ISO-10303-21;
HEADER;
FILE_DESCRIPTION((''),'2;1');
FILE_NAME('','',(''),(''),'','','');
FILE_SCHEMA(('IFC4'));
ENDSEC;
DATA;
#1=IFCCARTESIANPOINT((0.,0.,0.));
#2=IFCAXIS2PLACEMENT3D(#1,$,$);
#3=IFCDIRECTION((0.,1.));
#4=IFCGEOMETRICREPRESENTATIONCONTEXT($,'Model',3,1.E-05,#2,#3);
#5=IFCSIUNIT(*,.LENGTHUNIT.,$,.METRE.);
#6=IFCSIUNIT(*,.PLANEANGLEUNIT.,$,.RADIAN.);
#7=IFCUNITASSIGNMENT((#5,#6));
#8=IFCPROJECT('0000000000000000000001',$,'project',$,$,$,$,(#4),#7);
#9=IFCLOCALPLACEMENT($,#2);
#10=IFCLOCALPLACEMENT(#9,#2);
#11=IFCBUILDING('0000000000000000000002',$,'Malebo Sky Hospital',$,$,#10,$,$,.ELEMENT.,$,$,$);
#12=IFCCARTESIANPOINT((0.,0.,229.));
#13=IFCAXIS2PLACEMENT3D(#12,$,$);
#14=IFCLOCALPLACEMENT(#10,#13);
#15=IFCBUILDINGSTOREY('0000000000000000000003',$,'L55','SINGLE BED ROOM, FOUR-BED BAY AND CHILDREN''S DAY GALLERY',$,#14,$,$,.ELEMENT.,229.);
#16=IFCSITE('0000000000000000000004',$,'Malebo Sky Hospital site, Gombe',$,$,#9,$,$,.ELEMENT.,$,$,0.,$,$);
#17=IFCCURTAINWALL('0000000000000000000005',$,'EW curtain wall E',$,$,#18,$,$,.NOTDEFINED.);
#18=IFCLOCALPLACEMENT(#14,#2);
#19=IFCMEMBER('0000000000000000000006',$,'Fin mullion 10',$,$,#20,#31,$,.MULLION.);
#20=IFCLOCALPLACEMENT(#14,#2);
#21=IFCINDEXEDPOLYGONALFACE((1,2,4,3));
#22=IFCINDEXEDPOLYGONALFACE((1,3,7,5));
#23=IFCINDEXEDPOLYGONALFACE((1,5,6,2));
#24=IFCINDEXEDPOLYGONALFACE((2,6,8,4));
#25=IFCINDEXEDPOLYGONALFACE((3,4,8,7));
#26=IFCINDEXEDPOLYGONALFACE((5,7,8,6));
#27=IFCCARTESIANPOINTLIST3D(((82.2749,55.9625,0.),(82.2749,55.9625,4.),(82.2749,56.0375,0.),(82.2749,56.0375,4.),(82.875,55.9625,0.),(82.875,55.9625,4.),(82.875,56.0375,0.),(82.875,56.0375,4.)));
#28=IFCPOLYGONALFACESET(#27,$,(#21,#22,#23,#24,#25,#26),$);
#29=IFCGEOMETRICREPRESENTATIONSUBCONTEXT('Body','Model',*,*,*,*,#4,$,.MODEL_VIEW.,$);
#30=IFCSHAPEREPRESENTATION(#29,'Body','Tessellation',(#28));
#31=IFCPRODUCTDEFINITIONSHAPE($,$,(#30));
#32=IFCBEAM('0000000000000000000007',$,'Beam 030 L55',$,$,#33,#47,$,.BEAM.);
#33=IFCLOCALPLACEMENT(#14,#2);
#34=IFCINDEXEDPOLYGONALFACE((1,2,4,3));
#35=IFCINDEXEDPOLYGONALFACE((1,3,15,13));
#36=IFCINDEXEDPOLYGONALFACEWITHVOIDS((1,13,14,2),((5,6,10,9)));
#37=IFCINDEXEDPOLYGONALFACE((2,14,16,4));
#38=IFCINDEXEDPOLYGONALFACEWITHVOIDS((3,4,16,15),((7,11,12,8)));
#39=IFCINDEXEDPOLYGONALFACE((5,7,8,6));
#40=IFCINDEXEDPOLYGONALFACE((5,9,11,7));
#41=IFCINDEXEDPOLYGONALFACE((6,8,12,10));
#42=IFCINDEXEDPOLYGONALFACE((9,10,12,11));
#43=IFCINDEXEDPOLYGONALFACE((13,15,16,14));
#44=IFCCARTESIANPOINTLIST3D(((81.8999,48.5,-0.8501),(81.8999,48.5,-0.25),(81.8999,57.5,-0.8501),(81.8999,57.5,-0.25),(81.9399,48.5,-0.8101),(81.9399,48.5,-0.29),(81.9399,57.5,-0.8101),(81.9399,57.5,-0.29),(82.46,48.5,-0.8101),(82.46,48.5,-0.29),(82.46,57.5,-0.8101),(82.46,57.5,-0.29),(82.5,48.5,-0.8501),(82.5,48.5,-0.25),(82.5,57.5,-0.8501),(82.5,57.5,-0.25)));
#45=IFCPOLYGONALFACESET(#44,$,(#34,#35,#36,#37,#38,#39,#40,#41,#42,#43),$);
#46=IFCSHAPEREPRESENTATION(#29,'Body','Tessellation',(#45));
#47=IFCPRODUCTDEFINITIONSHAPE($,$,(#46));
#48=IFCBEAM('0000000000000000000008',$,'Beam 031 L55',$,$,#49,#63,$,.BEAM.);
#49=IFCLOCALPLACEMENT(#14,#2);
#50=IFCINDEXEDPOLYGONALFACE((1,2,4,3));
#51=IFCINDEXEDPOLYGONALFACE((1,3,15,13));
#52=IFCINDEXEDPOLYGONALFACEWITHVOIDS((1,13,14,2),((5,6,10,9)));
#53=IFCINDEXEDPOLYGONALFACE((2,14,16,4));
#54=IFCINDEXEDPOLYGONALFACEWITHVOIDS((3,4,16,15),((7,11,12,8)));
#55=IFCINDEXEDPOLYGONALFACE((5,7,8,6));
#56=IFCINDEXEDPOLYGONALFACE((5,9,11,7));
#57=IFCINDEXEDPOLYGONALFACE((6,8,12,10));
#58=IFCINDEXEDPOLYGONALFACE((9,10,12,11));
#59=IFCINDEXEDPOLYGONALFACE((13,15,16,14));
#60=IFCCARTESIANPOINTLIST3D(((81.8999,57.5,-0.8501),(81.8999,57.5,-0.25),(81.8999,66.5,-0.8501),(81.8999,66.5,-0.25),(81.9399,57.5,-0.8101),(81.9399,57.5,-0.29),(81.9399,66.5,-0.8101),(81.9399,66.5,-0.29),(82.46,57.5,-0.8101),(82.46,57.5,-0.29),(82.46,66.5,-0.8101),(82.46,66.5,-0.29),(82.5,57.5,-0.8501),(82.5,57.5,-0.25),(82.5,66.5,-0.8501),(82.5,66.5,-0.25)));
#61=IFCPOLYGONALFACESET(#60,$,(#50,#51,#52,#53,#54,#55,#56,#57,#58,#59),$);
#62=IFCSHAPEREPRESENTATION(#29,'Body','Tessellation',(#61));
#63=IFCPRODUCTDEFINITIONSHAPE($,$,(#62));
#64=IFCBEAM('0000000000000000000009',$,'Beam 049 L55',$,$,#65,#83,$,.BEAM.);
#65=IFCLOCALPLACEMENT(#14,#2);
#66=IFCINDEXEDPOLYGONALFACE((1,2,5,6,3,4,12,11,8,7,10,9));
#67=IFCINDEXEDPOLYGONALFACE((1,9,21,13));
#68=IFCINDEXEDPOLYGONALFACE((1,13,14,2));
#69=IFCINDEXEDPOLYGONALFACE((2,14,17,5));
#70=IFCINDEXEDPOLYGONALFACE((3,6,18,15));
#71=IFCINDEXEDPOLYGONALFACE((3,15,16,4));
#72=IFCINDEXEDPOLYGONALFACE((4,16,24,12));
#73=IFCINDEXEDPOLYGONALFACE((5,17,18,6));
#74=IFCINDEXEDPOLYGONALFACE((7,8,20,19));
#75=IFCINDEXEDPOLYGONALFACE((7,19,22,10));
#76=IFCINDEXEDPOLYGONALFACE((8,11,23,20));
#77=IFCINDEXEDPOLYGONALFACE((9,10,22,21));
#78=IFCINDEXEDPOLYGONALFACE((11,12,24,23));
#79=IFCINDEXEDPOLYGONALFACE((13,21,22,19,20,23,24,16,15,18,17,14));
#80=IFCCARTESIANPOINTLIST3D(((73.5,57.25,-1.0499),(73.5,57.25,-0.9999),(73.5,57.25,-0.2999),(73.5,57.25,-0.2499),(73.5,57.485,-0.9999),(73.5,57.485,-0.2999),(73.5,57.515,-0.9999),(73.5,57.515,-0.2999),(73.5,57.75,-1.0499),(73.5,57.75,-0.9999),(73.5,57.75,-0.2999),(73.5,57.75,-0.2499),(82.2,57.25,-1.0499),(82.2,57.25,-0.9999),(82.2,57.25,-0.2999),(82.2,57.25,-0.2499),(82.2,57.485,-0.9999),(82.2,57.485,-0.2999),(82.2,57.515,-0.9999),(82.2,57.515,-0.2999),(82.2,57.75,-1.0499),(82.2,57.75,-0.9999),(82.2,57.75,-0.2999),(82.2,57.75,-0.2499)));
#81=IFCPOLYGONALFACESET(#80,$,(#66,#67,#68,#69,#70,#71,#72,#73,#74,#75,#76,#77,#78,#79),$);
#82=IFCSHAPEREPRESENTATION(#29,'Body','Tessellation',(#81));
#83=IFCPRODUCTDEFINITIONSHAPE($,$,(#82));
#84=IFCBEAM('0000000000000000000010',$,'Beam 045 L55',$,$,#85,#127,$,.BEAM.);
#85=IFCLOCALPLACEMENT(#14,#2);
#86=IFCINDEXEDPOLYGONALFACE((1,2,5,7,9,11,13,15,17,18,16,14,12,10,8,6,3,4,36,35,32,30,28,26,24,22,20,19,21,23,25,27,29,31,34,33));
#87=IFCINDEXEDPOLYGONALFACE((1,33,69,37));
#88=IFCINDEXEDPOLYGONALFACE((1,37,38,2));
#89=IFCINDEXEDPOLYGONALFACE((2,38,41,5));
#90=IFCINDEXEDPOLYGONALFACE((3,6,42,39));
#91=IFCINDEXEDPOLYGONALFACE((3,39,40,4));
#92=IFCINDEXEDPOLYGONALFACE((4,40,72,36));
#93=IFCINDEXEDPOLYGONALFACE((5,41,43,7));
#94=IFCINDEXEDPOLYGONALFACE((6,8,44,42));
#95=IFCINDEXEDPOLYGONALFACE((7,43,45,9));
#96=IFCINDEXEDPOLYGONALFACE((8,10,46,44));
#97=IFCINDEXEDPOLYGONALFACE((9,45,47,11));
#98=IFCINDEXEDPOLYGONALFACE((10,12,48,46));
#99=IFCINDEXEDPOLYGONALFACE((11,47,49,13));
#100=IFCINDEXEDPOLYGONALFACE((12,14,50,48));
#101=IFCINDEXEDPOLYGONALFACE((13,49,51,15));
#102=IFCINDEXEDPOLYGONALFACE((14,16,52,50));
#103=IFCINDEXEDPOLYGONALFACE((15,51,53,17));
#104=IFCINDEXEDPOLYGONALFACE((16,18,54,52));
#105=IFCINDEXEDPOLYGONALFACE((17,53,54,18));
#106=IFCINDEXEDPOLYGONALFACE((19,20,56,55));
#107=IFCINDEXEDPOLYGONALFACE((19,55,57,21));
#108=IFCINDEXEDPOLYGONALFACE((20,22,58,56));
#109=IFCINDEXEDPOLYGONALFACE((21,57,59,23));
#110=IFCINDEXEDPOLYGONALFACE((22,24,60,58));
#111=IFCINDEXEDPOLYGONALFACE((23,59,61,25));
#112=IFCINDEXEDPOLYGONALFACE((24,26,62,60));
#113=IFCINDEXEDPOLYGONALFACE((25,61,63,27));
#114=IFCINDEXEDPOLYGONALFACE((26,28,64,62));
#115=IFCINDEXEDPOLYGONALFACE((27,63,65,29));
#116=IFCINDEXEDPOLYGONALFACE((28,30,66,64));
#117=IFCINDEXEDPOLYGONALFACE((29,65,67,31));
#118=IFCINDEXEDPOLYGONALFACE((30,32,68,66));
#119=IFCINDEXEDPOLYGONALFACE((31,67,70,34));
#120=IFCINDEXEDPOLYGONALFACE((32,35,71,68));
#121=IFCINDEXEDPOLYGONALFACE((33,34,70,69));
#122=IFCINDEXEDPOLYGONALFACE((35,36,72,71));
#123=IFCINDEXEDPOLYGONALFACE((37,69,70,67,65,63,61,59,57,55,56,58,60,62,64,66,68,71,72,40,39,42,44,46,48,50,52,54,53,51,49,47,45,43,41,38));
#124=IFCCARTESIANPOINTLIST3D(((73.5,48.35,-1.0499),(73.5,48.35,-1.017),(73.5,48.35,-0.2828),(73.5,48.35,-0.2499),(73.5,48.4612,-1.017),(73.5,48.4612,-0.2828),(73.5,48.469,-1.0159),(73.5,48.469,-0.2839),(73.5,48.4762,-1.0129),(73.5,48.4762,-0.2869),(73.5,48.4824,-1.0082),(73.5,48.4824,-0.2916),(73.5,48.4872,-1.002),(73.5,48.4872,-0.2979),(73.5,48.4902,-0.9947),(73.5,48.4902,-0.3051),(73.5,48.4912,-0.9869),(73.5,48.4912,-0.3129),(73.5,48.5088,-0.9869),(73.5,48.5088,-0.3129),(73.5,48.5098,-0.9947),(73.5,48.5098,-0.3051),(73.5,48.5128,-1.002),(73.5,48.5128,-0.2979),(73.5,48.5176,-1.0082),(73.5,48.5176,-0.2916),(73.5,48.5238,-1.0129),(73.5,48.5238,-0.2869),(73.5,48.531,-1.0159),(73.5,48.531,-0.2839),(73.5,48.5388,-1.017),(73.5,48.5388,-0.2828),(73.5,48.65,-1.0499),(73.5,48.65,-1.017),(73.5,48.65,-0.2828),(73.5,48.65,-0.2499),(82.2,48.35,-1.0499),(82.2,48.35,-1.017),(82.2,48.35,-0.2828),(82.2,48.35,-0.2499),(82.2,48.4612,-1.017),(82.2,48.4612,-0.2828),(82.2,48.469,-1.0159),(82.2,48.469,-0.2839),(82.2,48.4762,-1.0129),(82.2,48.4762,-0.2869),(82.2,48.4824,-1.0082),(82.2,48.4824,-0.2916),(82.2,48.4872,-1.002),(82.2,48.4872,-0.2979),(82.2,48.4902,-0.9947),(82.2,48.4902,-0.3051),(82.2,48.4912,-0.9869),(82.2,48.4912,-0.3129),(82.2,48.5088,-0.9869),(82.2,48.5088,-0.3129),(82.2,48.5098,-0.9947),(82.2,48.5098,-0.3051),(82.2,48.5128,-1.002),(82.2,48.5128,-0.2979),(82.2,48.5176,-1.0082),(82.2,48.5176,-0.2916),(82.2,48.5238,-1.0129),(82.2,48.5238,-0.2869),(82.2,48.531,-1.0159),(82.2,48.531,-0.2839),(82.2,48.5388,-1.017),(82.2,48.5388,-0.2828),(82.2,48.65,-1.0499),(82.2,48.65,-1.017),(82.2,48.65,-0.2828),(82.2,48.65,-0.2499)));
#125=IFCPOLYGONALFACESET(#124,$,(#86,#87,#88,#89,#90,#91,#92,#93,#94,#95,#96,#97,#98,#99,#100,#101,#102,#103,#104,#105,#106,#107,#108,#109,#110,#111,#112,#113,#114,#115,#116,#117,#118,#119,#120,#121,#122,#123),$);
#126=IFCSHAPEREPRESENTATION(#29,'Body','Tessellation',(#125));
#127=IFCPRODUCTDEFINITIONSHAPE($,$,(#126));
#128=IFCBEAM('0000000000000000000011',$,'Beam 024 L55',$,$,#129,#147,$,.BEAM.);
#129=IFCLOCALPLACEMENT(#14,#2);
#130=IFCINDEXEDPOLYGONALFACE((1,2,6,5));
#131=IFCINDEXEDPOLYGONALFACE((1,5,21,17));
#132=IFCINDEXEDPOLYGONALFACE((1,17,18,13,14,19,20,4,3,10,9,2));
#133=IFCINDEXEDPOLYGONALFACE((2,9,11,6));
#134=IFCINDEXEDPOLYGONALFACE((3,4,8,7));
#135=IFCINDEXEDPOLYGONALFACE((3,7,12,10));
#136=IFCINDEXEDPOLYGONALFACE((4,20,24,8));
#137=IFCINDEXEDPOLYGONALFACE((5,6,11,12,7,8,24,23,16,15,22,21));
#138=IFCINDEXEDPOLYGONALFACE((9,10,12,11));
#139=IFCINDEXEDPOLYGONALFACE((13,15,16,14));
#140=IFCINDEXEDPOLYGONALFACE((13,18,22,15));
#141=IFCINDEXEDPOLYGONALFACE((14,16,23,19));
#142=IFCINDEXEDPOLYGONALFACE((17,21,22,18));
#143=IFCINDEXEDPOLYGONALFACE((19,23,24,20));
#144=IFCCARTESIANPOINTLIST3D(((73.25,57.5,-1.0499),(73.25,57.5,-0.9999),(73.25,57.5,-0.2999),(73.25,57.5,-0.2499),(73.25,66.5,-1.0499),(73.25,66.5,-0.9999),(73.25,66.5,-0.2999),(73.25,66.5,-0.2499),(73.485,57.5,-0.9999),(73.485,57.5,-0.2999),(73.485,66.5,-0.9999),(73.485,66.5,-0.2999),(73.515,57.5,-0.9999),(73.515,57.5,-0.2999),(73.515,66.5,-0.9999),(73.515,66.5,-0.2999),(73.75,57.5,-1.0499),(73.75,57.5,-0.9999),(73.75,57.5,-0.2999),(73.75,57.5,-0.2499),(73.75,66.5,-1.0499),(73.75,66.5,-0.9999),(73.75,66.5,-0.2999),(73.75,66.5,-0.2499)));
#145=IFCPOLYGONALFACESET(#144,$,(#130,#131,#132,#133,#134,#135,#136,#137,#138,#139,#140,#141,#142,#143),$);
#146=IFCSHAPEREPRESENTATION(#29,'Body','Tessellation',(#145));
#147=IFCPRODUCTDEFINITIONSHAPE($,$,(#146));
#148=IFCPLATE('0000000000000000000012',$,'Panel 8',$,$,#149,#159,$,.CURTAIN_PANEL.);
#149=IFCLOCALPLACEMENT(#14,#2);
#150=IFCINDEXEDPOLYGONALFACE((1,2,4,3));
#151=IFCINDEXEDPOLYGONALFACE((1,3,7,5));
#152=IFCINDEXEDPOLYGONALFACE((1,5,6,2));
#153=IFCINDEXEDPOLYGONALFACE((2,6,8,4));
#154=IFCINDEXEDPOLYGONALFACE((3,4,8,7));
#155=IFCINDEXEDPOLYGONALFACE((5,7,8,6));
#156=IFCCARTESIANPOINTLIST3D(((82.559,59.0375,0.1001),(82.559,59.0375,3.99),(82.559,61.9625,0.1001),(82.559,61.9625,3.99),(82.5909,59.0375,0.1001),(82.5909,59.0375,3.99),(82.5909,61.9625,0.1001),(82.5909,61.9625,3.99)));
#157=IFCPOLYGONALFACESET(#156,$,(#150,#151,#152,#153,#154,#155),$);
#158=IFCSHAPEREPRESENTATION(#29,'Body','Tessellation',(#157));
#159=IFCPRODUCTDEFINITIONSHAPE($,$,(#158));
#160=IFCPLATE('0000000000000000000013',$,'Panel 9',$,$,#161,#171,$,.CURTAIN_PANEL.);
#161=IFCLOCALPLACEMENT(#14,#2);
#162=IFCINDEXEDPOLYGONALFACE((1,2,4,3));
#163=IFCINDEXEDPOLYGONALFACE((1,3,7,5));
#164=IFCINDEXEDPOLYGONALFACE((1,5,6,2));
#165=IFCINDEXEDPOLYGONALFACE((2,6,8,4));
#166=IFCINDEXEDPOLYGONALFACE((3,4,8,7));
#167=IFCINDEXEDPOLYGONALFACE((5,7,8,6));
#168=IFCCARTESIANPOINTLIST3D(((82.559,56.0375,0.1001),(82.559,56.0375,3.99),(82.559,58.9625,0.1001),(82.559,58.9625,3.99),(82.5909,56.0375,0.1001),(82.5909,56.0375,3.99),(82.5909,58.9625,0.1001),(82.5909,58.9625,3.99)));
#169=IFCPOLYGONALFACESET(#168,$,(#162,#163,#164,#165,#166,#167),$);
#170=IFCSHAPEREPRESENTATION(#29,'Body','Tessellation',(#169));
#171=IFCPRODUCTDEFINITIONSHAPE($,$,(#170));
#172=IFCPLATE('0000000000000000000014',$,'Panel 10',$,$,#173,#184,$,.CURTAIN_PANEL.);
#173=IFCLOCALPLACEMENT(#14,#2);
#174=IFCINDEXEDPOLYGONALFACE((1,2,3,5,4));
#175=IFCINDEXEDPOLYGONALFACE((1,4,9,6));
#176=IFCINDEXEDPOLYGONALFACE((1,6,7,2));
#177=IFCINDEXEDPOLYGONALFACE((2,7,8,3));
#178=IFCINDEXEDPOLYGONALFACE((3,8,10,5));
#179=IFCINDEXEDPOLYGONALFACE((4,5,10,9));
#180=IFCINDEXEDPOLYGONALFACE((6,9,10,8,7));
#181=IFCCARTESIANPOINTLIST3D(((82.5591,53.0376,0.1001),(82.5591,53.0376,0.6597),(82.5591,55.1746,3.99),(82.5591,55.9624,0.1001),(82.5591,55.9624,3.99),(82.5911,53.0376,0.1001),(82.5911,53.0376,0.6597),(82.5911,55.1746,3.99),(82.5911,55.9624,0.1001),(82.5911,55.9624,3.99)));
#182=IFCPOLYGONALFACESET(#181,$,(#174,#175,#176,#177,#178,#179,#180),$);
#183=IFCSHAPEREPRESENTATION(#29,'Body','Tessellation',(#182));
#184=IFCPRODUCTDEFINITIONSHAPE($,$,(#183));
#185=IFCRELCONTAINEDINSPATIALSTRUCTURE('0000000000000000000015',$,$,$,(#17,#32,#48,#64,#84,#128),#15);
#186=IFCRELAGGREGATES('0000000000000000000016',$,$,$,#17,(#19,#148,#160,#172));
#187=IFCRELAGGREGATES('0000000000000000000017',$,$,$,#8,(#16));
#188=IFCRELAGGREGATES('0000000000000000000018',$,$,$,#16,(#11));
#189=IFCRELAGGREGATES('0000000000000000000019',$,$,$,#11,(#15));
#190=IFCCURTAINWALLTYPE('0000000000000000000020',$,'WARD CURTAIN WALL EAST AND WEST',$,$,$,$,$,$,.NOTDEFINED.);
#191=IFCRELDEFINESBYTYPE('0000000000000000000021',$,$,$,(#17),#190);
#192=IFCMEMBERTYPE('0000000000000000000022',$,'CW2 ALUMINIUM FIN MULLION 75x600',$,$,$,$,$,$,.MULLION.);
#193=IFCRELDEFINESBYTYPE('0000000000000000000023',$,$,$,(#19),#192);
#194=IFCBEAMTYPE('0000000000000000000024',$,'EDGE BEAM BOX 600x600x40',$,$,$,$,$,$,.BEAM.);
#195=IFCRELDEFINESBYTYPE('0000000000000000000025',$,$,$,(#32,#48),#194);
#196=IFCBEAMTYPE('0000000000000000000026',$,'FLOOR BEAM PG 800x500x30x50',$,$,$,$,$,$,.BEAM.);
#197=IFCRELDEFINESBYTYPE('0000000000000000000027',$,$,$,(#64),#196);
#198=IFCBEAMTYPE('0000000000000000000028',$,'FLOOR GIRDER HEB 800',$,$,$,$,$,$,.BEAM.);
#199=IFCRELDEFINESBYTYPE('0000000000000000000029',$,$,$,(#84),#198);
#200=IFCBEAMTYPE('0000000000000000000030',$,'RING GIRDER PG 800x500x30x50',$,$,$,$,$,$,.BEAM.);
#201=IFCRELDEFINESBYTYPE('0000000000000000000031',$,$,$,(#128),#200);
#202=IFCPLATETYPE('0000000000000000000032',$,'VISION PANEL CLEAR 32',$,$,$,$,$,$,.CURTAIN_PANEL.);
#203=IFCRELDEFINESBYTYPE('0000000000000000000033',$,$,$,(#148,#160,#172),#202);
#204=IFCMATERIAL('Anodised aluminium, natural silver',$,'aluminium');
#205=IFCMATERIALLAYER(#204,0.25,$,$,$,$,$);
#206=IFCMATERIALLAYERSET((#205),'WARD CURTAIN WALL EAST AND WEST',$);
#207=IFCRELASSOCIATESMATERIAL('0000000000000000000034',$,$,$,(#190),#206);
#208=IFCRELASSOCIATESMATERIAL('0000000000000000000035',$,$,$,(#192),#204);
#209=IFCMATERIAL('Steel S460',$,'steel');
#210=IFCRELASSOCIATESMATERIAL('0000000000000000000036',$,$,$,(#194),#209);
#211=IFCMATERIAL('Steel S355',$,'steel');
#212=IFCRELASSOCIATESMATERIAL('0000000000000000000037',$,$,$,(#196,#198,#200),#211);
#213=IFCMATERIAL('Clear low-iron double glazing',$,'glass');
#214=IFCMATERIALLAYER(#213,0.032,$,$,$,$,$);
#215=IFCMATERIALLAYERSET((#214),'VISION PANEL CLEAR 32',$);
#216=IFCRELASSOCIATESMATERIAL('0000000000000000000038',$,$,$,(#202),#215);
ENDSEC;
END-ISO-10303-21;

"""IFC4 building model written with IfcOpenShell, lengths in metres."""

from ifc_helpers import new_model, si_unit, direction, frame, origin, origin_2d, place, context, subcontext, project, spatial, polyline, rectangle, hollow_rectangle, i_section, outline, extrude, material, layer, layer_set, material_profile, profile_set, type_object, element, aggregate, save


model = new_model("IFC4")

# Units and contexts
model_context = context("Model", 3, precision=1e-05, world=origin(), true_north=direction((0.0, 1.0)))
body_context = subcontext(model_context, "Body", "Model", "MODEL_VIEW")
ifc_project = project(units=[si_unit("LENGTHUNIT", "METRE"), si_unit("PLANEANGLEUNIT", "RADIAN")], contexts=[model_context])

# Site, building, storey
site_placement = place(None, origin())
site = spatial("IfcSite", under=ifc_project, at=site_placement, Name="Malebo Sky Hospital site, Gombe", CompositionType="ELEMENT", RefElevation=0.0)
building_placement = place(site_placement, origin())
building = spatial("IfcBuilding", under=site, at=building_placement, Name="Malebo Sky Hospital", CompositionType="ELEMENT")
storey_placement = place(building_placement, frame((0.0, 0.0, 229.0)))
storey = spatial("IfcBuildingStorey", under=building, at=storey_placement, Name="L55", Description="SINGLE BED ROOM, FOUR-BED BAY AND CHILDREN'S DAY GALLERY", CompositionType="ELEMENT", Elevation=229.0)

# Shared definitions
ifc_material_1 = material(Name="Steel S460", Category="steel")

# Curtain wall
ifc_material_2 = material(Name="Anodised aluminium, natural silver", Category="aluminium")
ifc_layer_1 = layer(ifc_material_2, 0.25)
ifc_layer_set_1 = layer_set([ifc_layer_1], Name="WARD CURTAIN WALL EAST AND WEST")
curtain_wall_type = type_object("IfcCurtainWallType", Name="WARD CURTAIN WALL EAST AND WEST", PredefinedType="NOTDEFINED", material=ifc_layer_set_1)
curtain_wall_placement = place(storey_placement, origin())
curtain_wall = element("IfcCurtainWall", 1, at=curtain_wall_placement, inside=storey, type_object=curtain_wall_type, Name="EW curtain wall E", PredefinedType="NOTDEFINED")

# Member
ifc_material_3 = material(Name="Steel S355", Category="steel")
ifc_material_profile_1 = material_profile(ifc_material_2, rectangle(XDim=0.075, YDim=0.6001, at=origin_2d()), Name="CW2 ALUMINIUM FIN MULLION 75x600")
ifc_profile_set_1 = profile_set([ifc_material_profile_1], Name="Anodised aluminium, natural silver")
member_type_1 = type_object("IfcMemberType", Name="CW2 ALUMINIUM FIN MULLION 75x600", PredefinedType="MULLION", material=ifc_profile_set_1)
member_1_placement = place(storey_placement, frame((82.575, 56.0, 0.0), z_axis=(0.0, 0.0, 1.0), x_axis=(0.0, -1.0, 0.0)))
member_1 = element("IfcMember", 2, at=member_1_placement, type_object=member_type_1, Name="Fin mullion 10", PredefinedType="MULLION", context=body_context, shape_type="SweptSolid", body=[
    extrude(rectangle(XDim=0.075, YDim=0.6001, at=origin_2d()), origin(), (0.0, 0.0, 1.0), 4.0),
])

# Beams
ifc_material_profile_2 = material_profile(ifc_material_1, hollow_rectangle(XDim=0.6001, YDim=0.6001, WallThickness=0.04, at=origin_2d()), Name="BOX 600x600x40")
ifc_profile_set_2 = profile_set([ifc_material_profile_2], Name="Steel S460")
beam_type_1 = type_object("IfcBeamType", Name="EDGE BEAM BOX 600x600x40", PredefinedType="BEAM", material=ifc_profile_set_2)
for number, where, z_axis, x_axis, name in (
    (3, (82.2, 48.5, -0.55), (0.0, 1.0, 0.0), (-1.0, 0.0, 0.0), "Beam 030 L55"),
    (4, (82.2, 57.5, -0.55), (0.0, 1.0, 0.0), (-1.0, 0.0, 0.0), "Beam 031 L55"),
):
    element("IfcBeam", number, at=place(storey_placement, frame(where, z_axis=z_axis, x_axis=x_axis)), inside=storey, type_object=beam_type_1, Name=name, PredefinedType="BEAM", context=body_context, shape_type="SweptSolid", body=[
        extrude(hollow_rectangle(XDim=0.6001, YDim=0.6001, WallThickness=0.04, at=origin_2d()), origin(), (0.0, 0.0, 1.0), 9.0),
    ])
ifc_material_profile_3 = material_profile(ifc_material_3, i_section(OverallWidth=0.5, OverallDepth=0.8, WebThickness=0.03, FlangeThickness=0.05, at=origin_2d()), Name="PG 800x500x30x50")
ifc_profile_set_3 = profile_set([ifc_material_profile_3], Name="Steel S355")
beam_type_2 = type_object("IfcBeamType", Name="FLOOR BEAM PG 800x500x30x50", PredefinedType="BEAM", material=ifc_profile_set_3)
beam_1_placement = place(storey_placement, frame((73.5, 57.5, -0.6499), z_axis=(1.0, 0.0, 0.0), x_axis=(0.0, 1.0, 0.0)))
element("IfcBeam", 5, at=beam_1_placement, inside=storey, type_object=beam_type_2, Name="Beam 049 L55", PredefinedType="BEAM", context=body_context, shape_type="SweptSolid", body=[
    extrude(i_section(OverallWidth=0.5, OverallDepth=0.8, WebThickness=0.03, FlangeThickness=0.05, at=origin_2d()), origin(), (0.0, 0.0, 1.0), 8.7),
])
ifc_material_profile_4 = material_profile(ifc_material_3, i_section(OverallWidth=0.3, OverallDepth=0.8, WebThickness=0.0176, FlangeThickness=0.033, FilletRadius=0.03, at=origin_2d()), Name="HEB 800")
ifc_profile_set_4 = profile_set([ifc_material_profile_4], Name="Steel S355")
beam_type_3 = type_object("IfcBeamType", Name="FLOOR GIRDER HEB 800", PredefinedType="BEAM", material=ifc_profile_set_4)
beam_2_placement = place(storey_placement, frame((73.5, 48.5, -0.6499), z_axis=(1.0, 0.0, 0.0), x_axis=(0.0, 1.0, 0.0)))
element("IfcBeam", 6, at=beam_2_placement, inside=storey, type_object=beam_type_3, Name="Beam 045 L55", PredefinedType="BEAM", context=body_context, shape_type="SweptSolid", body=[
    extrude(i_section(OverallWidth=0.3, OverallDepth=0.8, WebThickness=0.0176, FlangeThickness=0.033, FilletRadius=0.03, at=origin_2d()), origin(), (0.0, 0.0, 1.0), 8.7),
])
ifc_material_profile_5 = material_profile(ifc_material_3, i_section(OverallWidth=0.5, OverallDepth=0.8, WebThickness=0.03, FlangeThickness=0.05, at=origin_2d()), Name="PG 800x500x30x50")
ifc_profile_set_5 = profile_set([ifc_material_profile_5], Name="Steel S355")
beam_type_4 = type_object("IfcBeamType", Name="RING GIRDER PG 800x500x30x50", PredefinedType="BEAM", material=ifc_profile_set_5)
beam_3_placement = place(storey_placement, frame((73.5, 57.5, -0.6499), z_axis=(0.0, 1.0, 0.0), x_axis=(-1.0, 0.0, 0.0)))
element("IfcBeam", 7, at=beam_3_placement, inside=storey, type_object=beam_type_4, Name="Beam 024 L55", PredefinedType="BEAM", context=body_context, shape_type="SweptSolid", body=[
    extrude(i_section(OverallWidth=0.5, OverallDepth=0.8, WebThickness=0.03, FlangeThickness=0.05, at=origin_2d()), origin(), (0.0, 0.0, 1.0), 9.0),
])

# Plates
ifc_material_4 = material(Name="Clear low-iron double glazing", Category="glass")
ifc_layer_2 = layer(ifc_material_4, 0.032)
ifc_layer_set_2 = layer_set([ifc_layer_2], Name="VISION PANEL CLEAR 32")
plate_type = type_object("IfcPlateType", Name="VISION PANEL CLEAR 32", PredefinedType="CURTAIN_PANEL", material=ifc_layer_set_2)
plate_1_placement = place(storey_placement, frame((82.575, 60.5, 0.1001), z_axis=(0.0, 0.0, 1.0), x_axis=(0.0, -1.0, 0.0)))
plate_1 = element("IfcPlate", 8, at=plate_1_placement, type_object=plate_type, Name="Panel 8", PredefinedType="CURTAIN_PANEL", context=body_context, shape_type="SweptSolid", body=[
    extrude(rectangle(XDim=2.925, YDim=0.032, at=origin_2d()), origin(), (0.0, 0.0, 1.0), 3.8899),
])
plate_2_placement = place(storey_placement, frame((82.575, 57.5, 0.1001), z_axis=(0.0, 0.0, 1.0), x_axis=(0.0, -1.0, 0.0)))
plate_2 = element("IfcPlate", 9, at=plate_2_placement, type_object=plate_type, Name="Panel 9", PredefinedType="CURTAIN_PANEL", context=body_context, shape_type="SweptSolid", body=[
    extrude(rectangle(XDim=2.925, YDim=0.032, at=origin_2d()), origin(), (0.0, 0.0, 1.0), 3.8899),
])
plate_3_placement = place(storey_placement, frame((82.575, 54.5, 0.1001), z_axis=(0.0, 0.0, 1.0), x_axis=(0.0, -1.0, 0.0)))
plate_3 = element("IfcPlate", 10, at=plate_3_placement, type_object=plate_type, Name="Panel 10", PredefinedType="CURTAIN_PANEL", context=body_context, shape_type="SweptSolid", body=[
    extrude(outline(polyline([(-1.4624, 0.0), (1.4624, 0.0), (1.4624, 0.5596), (-0.6746, 3.8899), (-1.4624, 3.8899), (-1.4624, 0.0)])), frame((0.0, 0.0161, 0.0), z_axis=(0.0, -1.0, 0.0), x_axis=(1.0, 0.0, 0.0)), (0.0, 0.0, 1.0), 0.032),
])
aggregate(curtain_wall, [member_1, plate_1, plate_2, plate_3])

save(model, "model.ifc")
